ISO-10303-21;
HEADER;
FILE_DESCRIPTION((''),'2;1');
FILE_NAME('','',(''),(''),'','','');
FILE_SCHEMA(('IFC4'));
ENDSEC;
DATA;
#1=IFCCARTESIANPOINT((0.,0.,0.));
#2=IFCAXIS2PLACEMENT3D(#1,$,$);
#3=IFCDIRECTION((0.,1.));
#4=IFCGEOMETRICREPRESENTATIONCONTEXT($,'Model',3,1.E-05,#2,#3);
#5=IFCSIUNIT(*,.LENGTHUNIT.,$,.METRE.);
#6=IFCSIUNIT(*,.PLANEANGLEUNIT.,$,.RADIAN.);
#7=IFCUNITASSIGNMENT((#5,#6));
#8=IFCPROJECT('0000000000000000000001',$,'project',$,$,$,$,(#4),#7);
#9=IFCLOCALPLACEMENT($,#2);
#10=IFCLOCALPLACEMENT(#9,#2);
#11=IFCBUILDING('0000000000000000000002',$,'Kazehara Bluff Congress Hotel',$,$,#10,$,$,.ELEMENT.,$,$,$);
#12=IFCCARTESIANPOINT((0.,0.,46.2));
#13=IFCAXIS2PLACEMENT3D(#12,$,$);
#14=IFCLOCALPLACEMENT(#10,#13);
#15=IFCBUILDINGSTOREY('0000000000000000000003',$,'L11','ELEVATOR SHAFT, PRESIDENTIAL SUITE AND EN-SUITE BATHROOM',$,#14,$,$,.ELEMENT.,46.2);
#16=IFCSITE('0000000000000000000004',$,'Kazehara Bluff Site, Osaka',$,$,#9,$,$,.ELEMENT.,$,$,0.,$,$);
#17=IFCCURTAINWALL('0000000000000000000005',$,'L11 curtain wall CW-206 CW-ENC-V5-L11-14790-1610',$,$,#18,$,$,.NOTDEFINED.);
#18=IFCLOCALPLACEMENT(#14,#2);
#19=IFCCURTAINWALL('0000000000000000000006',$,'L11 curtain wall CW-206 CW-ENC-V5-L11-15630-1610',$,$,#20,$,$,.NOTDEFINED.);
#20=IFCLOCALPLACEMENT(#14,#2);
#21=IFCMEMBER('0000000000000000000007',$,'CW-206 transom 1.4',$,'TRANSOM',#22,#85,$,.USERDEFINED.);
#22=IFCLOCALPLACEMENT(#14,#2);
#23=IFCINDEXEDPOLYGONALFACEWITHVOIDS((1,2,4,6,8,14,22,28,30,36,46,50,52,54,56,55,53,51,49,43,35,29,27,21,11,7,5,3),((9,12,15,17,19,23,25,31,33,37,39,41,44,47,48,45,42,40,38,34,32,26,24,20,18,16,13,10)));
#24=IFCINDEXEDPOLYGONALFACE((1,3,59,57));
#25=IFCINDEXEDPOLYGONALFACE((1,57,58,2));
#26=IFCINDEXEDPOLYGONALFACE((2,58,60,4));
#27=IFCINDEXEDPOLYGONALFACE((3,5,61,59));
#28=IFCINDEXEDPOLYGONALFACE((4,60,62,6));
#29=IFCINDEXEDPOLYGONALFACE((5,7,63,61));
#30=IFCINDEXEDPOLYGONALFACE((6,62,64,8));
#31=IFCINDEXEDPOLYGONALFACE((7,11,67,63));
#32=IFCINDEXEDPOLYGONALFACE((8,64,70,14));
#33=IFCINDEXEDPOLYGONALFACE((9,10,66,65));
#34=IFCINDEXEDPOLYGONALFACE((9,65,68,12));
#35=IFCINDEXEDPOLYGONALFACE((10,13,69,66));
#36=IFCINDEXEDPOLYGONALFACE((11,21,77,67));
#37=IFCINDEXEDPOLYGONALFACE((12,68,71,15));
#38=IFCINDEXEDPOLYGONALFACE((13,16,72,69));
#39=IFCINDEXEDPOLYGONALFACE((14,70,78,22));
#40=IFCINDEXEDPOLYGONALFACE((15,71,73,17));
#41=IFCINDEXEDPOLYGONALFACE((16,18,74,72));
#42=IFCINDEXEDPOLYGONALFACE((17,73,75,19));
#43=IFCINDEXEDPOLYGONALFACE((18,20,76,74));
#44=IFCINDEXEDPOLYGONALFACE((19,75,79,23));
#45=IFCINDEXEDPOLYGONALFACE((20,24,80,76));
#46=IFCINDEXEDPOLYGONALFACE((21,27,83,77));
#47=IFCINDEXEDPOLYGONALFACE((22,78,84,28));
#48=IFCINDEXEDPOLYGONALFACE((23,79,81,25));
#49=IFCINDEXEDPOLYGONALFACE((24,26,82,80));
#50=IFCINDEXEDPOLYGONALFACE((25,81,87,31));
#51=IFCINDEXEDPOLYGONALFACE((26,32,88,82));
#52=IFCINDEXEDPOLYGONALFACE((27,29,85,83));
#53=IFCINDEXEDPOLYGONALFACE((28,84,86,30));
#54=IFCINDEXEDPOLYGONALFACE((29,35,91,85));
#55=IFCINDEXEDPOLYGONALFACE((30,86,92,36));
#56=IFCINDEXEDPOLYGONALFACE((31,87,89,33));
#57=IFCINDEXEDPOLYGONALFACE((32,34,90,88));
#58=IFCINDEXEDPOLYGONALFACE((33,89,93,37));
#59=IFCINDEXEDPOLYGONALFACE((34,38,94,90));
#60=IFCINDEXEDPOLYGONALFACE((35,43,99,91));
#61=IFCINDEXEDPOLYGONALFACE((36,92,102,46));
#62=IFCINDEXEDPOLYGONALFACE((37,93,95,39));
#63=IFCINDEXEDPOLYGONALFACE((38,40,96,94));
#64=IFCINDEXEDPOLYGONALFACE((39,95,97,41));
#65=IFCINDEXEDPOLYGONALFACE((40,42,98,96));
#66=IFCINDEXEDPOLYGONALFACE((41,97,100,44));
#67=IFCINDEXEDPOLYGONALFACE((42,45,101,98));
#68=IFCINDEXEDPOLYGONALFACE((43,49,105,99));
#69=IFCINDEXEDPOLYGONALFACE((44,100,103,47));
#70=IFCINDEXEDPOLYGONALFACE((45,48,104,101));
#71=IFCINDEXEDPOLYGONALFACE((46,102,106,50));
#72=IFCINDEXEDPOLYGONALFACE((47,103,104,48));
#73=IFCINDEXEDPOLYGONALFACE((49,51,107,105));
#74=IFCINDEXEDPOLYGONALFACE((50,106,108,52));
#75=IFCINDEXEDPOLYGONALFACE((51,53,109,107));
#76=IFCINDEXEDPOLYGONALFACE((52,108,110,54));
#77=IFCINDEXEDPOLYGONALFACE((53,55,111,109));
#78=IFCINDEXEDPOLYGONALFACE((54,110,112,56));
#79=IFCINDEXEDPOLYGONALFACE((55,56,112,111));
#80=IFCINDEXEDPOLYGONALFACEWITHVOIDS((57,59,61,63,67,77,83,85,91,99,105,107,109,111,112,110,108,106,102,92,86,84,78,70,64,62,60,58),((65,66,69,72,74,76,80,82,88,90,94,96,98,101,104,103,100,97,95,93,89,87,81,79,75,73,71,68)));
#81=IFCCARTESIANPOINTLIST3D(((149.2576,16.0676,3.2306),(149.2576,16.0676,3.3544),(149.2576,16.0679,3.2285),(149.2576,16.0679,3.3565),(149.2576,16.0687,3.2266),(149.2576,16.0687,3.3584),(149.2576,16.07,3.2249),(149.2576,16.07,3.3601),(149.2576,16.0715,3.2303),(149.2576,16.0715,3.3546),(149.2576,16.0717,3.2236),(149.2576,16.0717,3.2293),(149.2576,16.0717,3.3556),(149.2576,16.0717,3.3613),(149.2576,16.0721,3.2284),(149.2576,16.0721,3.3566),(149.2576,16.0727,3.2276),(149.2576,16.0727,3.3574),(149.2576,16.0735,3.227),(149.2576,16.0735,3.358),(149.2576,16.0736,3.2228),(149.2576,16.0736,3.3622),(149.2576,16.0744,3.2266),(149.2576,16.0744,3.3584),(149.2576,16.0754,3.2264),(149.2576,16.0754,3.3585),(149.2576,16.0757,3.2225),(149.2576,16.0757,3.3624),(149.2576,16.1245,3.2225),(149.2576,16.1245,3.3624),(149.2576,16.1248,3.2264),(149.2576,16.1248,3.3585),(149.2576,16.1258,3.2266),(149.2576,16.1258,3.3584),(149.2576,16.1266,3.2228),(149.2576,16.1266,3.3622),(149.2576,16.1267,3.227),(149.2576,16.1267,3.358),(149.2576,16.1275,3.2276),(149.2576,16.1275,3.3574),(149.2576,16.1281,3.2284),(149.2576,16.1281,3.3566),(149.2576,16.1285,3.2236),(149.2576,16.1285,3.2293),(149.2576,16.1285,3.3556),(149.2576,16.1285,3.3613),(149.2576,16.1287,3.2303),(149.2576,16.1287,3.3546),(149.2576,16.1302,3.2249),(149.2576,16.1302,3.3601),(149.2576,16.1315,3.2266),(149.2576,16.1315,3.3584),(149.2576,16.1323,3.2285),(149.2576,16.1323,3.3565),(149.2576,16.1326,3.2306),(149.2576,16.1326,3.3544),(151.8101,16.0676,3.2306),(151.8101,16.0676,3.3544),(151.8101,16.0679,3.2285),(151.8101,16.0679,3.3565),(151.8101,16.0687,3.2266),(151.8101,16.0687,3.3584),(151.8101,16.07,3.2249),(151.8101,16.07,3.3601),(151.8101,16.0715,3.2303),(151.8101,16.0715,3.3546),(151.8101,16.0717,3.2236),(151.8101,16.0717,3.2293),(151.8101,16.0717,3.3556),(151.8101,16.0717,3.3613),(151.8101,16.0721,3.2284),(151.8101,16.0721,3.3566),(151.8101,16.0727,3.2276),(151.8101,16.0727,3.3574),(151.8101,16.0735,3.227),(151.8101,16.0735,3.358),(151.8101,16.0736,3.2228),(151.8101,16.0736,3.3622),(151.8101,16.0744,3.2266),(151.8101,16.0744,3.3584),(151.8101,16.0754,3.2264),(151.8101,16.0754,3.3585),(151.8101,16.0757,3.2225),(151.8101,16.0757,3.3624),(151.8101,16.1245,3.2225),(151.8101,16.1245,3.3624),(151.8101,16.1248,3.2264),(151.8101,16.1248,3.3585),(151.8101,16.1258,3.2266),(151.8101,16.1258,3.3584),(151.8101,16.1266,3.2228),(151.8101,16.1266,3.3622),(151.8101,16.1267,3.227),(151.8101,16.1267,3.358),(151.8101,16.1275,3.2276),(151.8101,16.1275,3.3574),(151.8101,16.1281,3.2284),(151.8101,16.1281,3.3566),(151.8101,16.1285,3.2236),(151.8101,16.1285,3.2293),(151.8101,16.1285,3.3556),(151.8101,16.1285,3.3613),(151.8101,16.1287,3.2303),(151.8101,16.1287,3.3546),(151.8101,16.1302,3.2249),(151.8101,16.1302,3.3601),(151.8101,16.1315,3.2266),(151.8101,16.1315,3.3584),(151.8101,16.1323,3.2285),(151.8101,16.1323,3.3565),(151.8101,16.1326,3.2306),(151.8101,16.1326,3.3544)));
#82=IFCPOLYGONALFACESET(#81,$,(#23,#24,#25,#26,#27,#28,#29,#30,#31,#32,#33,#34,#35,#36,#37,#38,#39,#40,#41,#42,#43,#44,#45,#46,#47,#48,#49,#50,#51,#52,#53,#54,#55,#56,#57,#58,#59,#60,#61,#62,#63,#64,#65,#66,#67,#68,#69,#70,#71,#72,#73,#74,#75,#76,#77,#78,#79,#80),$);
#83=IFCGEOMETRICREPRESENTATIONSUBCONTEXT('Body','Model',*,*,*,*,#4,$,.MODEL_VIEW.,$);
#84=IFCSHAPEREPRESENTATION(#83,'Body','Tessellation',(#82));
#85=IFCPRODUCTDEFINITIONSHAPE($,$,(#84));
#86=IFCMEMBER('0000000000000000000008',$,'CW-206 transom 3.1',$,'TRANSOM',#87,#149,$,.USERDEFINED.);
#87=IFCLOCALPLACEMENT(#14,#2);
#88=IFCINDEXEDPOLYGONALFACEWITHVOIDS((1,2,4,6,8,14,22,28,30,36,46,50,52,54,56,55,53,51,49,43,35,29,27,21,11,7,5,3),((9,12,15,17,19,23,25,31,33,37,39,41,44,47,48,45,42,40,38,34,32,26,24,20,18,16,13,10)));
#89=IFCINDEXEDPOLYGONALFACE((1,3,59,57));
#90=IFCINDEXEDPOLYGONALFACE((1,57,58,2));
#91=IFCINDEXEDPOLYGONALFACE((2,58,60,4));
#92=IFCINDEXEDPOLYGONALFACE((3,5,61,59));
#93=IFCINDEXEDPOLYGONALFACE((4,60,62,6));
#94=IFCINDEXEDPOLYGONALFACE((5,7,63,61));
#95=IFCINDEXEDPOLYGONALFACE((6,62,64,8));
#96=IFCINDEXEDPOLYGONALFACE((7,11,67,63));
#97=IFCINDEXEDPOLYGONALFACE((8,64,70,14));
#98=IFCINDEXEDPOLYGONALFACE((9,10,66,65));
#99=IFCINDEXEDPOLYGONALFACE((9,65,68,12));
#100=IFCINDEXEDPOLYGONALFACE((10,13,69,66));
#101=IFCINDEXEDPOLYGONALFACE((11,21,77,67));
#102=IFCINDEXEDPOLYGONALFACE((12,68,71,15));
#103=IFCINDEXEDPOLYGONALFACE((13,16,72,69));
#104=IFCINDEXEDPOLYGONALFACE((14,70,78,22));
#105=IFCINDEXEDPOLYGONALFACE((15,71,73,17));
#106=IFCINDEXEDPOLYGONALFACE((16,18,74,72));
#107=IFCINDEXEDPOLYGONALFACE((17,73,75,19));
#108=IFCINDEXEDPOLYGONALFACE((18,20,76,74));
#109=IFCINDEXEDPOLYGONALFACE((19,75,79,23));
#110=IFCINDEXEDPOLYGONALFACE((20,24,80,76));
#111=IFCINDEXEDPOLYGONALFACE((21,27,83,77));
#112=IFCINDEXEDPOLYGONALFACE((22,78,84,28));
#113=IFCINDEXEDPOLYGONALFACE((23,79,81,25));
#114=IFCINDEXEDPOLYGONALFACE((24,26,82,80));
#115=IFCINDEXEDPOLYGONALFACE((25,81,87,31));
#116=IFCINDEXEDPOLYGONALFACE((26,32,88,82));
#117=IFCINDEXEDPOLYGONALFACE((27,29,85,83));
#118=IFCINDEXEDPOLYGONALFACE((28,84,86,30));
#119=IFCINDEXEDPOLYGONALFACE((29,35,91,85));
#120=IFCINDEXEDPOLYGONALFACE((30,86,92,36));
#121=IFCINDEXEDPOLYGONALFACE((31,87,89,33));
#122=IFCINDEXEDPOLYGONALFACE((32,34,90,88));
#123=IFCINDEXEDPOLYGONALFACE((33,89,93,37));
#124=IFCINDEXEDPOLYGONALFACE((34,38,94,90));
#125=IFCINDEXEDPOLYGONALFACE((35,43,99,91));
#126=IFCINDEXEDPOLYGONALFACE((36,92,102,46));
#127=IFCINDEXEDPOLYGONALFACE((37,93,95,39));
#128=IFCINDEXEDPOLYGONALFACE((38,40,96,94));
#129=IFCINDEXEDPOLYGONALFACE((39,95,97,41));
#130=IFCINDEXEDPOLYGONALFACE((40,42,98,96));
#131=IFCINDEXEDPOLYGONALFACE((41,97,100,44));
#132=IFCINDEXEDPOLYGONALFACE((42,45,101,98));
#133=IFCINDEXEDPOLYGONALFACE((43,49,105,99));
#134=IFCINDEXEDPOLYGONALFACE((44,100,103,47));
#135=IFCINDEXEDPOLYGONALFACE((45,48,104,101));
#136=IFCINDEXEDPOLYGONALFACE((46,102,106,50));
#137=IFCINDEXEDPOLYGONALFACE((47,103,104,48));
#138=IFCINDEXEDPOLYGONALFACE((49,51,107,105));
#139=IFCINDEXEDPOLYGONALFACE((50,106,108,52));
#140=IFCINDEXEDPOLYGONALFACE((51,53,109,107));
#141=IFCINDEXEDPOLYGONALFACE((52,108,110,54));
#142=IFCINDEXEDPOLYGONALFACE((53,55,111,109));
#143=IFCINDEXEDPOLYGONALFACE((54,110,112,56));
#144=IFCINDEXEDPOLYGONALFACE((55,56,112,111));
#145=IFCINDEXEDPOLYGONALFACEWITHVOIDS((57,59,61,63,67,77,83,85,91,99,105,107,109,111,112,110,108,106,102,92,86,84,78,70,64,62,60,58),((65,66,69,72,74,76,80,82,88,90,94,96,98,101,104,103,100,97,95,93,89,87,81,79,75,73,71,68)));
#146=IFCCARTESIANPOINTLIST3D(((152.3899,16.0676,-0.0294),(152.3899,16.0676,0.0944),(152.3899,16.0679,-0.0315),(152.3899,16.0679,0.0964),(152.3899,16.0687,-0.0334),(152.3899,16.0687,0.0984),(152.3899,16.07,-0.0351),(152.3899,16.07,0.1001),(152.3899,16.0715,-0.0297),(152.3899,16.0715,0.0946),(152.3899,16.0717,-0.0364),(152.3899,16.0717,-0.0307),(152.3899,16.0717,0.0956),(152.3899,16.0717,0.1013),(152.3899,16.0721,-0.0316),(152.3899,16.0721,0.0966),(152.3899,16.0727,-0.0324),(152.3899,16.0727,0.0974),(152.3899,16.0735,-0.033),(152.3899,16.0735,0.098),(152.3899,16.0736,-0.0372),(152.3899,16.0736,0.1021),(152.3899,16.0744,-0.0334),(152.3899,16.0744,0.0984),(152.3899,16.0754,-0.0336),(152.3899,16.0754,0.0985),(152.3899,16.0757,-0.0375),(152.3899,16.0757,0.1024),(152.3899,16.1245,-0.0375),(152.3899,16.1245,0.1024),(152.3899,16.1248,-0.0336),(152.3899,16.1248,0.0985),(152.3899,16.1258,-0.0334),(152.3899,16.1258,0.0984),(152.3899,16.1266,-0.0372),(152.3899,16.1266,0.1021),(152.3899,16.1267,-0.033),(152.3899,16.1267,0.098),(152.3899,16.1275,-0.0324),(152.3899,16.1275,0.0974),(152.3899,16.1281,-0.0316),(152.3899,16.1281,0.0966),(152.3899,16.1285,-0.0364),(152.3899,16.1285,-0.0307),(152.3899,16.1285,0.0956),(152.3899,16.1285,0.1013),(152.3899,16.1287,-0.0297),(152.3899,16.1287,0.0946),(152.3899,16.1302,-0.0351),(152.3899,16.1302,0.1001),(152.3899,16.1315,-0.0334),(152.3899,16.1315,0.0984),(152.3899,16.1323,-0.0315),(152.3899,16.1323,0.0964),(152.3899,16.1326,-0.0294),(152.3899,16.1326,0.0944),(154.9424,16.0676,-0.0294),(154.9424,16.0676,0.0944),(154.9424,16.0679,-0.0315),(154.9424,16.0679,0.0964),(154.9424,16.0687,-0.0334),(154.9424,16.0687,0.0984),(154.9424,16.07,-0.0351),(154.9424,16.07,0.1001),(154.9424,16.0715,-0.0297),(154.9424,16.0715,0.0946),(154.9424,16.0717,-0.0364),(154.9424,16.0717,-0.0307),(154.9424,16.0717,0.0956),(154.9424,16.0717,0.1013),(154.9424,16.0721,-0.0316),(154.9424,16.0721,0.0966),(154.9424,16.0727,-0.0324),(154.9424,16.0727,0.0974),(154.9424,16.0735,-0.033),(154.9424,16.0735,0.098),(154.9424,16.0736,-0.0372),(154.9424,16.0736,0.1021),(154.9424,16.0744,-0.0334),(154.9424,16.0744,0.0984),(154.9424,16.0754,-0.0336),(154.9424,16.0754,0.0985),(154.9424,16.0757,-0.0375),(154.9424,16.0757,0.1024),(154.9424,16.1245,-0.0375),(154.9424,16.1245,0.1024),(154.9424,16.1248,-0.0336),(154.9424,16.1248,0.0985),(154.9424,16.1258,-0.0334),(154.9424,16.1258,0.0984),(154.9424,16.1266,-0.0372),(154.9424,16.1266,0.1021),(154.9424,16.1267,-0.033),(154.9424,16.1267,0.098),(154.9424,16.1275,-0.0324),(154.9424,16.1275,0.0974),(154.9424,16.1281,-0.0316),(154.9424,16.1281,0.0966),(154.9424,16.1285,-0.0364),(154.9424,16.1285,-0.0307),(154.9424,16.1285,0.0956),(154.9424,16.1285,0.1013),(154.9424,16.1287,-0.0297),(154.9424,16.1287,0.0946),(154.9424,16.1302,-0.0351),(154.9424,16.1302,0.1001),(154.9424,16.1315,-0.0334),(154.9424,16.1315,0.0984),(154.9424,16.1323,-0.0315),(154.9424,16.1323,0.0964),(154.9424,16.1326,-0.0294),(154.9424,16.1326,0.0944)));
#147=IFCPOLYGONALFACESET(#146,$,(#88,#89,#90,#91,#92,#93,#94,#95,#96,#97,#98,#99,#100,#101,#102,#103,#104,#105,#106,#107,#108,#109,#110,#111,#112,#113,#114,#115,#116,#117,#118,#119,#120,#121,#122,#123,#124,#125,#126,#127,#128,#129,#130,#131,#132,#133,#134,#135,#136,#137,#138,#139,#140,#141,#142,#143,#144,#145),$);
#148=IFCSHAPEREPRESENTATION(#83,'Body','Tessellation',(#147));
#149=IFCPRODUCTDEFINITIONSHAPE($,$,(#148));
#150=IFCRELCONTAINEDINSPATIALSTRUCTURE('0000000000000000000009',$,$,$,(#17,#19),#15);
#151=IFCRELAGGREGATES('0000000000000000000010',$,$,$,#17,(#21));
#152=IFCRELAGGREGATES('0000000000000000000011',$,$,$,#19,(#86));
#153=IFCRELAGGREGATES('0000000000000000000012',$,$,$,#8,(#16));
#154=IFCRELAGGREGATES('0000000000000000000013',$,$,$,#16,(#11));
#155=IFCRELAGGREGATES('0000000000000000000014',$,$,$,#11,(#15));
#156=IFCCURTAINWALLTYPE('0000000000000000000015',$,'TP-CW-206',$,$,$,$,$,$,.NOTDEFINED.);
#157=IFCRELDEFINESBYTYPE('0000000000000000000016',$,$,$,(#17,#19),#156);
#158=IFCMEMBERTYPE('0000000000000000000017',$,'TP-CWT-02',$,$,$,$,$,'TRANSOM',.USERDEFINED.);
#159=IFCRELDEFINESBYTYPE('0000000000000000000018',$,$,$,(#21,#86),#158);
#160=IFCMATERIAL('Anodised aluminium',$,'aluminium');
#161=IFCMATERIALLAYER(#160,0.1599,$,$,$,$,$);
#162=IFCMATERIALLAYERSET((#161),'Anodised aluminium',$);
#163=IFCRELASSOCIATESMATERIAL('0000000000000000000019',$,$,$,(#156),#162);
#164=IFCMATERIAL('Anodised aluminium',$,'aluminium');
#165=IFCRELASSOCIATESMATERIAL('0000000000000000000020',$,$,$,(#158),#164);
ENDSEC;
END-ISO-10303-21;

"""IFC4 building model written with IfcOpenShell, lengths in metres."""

from ifc_helpers import new_model, si_unit, direction, frame, origin, origin_2d, place, context, subcontext, project, spatial, hollow_rectangle, extrude, material, layer, layer_set, material_profile, profile_set, type_object, element, aggregate, save


model = new_model("IFC4")

# Units and contexts
model_context = context("Model", 3, precision=1e-05, world=origin(), true_north=direction((0.0, 1.0)))
body_context = subcontext(model_context, "Body", "Model", "MODEL_VIEW")
ifc_project = project(units=[si_unit("LENGTHUNIT", "METRE"), si_unit("PLANEANGLEUNIT", "RADIAN")], contexts=[model_context])

# Site, building, storey
site_placement = place(None, origin())
site = spatial("IfcSite", under=ifc_project, at=site_placement, Name="Kazehara Bluff Site, Osaka", CompositionType="ELEMENT", RefElevation=0.0)
building_placement = place(site_placement, origin())
building = spatial("IfcBuilding", under=site, at=building_placement, Name="Kazehara Bluff Congress Hotel", CompositionType="ELEMENT")
storey_placement = place(building_placement, frame((0.0, 0.0, 46.2)))
storey = spatial("IfcBuildingStorey", under=building, at=storey_placement, Name="L11", Description="ELEVATOR SHAFT, PRESIDENTIAL SUITE AND EN-SUITE BATHROOM", CompositionType="ELEMENT", Elevation=46.2)

# Curtain wall
ifc_material_1 = material(Name="Anodised aluminium", Category="aluminium")
ifc_layer_1 = layer(ifc_material_1, 0.1599)
ifc_layer_set_1 = layer_set([ifc_layer_1], Name="Anodised aluminium")
curtain_wall_type = type_object("IfcCurtainWallType", Name="TP-CW-206", PredefinedType="NOTDEFINED", material=ifc_layer_set_1)
curtain_wall_1_placement = place(storey_placement, origin())
curtain_wall_1 = element("IfcCurtainWall", 1, at=curtain_wall_1_placement, inside=storey, type_object=curtain_wall_type, Name="L11 curtain wall CW-206 CW-ENC-V5-L11-14790-1610", PredefinedType="NOTDEFINED")

# Curtain wall
curtain_wall_2_placement = place(storey_placement, origin())
curtain_wall_2 = element("IfcCurtainWall", 2, at=curtain_wall_2_placement, inside=storey, type_object=curtain_wall_type, Name="L11 curtain wall CW-206 CW-ENC-V5-L11-15630-1610", PredefinedType="NOTDEFINED")

# Members
ifc_material_2 = material(Name="Anodised aluminium", Category="aluminium")
ifc_material_profile_1 = material_profile(ifc_material_2, hollow_rectangle(XDim=0.0649, YDim=0.1399, WallThickness=0.0039, InnerFilletRadius=0.0039, OuterFilletRadius=0.0081, at=origin_2d()))
ifc_profile_set_1 = profile_set([ifc_material_profile_1], Name="Anodised aluminium")
member_type_1 = type_object("IfcMemberType", Name="TP-CWT-02", ElementType="TRANSOM", PredefinedType="USERDEFINED", material=ifc_profile_set_1)
member_1_placement = place(storey_placement, frame((151.8101, 16.1001, 3.2925), z_axis=(-1.0, 0.0, 0.0), x_axis=(0.0, -1.0, 0.0)))
member_1 = element("IfcMember", 3, at=member_1_placement, type_object=member_type_1, Name="CW-206 transom 1.4", ObjectType="TRANSOM", PredefinedType="USERDEFINED", context=body_context, shape_type="SweptSolid", body=[
    extrude(hollow_rectangle(XDim=0.0649, YDim=0.1399, WallThickness=0.0039, InnerFilletRadius=0.0039, OuterFilletRadius=0.0081, at=origin_2d()), origin(), (0.0, 0.0, 1.0), 2.5525),
])
aggregate(curtain_wall_1, [member_1])
member_2_placement = place(storey_placement, frame((154.9424, 16.1001, 0.0325), z_axis=(-1.0, 0.0, 0.0), x_axis=(0.0, -1.0, 0.0)))
member_2 = element("IfcMember", 4, at=member_2_placement, type_object=member_type_1, Name="CW-206 transom 3.1", ObjectType="TRANSOM", PredefinedType="USERDEFINED", context=body_context, shape_type="SweptSolid", body=[
    extrude(hollow_rectangle(XDim=0.0649, YDim=0.1399, WallThickness=0.0039, InnerFilletRadius=0.0039, OuterFilletRadius=0.0081, at=origin_2d()), origin(), (0.0, 0.0, 1.0), 2.5525),
])

aggregate(curtain_wall_2, [member_2])

save(model, "model.ifc")
